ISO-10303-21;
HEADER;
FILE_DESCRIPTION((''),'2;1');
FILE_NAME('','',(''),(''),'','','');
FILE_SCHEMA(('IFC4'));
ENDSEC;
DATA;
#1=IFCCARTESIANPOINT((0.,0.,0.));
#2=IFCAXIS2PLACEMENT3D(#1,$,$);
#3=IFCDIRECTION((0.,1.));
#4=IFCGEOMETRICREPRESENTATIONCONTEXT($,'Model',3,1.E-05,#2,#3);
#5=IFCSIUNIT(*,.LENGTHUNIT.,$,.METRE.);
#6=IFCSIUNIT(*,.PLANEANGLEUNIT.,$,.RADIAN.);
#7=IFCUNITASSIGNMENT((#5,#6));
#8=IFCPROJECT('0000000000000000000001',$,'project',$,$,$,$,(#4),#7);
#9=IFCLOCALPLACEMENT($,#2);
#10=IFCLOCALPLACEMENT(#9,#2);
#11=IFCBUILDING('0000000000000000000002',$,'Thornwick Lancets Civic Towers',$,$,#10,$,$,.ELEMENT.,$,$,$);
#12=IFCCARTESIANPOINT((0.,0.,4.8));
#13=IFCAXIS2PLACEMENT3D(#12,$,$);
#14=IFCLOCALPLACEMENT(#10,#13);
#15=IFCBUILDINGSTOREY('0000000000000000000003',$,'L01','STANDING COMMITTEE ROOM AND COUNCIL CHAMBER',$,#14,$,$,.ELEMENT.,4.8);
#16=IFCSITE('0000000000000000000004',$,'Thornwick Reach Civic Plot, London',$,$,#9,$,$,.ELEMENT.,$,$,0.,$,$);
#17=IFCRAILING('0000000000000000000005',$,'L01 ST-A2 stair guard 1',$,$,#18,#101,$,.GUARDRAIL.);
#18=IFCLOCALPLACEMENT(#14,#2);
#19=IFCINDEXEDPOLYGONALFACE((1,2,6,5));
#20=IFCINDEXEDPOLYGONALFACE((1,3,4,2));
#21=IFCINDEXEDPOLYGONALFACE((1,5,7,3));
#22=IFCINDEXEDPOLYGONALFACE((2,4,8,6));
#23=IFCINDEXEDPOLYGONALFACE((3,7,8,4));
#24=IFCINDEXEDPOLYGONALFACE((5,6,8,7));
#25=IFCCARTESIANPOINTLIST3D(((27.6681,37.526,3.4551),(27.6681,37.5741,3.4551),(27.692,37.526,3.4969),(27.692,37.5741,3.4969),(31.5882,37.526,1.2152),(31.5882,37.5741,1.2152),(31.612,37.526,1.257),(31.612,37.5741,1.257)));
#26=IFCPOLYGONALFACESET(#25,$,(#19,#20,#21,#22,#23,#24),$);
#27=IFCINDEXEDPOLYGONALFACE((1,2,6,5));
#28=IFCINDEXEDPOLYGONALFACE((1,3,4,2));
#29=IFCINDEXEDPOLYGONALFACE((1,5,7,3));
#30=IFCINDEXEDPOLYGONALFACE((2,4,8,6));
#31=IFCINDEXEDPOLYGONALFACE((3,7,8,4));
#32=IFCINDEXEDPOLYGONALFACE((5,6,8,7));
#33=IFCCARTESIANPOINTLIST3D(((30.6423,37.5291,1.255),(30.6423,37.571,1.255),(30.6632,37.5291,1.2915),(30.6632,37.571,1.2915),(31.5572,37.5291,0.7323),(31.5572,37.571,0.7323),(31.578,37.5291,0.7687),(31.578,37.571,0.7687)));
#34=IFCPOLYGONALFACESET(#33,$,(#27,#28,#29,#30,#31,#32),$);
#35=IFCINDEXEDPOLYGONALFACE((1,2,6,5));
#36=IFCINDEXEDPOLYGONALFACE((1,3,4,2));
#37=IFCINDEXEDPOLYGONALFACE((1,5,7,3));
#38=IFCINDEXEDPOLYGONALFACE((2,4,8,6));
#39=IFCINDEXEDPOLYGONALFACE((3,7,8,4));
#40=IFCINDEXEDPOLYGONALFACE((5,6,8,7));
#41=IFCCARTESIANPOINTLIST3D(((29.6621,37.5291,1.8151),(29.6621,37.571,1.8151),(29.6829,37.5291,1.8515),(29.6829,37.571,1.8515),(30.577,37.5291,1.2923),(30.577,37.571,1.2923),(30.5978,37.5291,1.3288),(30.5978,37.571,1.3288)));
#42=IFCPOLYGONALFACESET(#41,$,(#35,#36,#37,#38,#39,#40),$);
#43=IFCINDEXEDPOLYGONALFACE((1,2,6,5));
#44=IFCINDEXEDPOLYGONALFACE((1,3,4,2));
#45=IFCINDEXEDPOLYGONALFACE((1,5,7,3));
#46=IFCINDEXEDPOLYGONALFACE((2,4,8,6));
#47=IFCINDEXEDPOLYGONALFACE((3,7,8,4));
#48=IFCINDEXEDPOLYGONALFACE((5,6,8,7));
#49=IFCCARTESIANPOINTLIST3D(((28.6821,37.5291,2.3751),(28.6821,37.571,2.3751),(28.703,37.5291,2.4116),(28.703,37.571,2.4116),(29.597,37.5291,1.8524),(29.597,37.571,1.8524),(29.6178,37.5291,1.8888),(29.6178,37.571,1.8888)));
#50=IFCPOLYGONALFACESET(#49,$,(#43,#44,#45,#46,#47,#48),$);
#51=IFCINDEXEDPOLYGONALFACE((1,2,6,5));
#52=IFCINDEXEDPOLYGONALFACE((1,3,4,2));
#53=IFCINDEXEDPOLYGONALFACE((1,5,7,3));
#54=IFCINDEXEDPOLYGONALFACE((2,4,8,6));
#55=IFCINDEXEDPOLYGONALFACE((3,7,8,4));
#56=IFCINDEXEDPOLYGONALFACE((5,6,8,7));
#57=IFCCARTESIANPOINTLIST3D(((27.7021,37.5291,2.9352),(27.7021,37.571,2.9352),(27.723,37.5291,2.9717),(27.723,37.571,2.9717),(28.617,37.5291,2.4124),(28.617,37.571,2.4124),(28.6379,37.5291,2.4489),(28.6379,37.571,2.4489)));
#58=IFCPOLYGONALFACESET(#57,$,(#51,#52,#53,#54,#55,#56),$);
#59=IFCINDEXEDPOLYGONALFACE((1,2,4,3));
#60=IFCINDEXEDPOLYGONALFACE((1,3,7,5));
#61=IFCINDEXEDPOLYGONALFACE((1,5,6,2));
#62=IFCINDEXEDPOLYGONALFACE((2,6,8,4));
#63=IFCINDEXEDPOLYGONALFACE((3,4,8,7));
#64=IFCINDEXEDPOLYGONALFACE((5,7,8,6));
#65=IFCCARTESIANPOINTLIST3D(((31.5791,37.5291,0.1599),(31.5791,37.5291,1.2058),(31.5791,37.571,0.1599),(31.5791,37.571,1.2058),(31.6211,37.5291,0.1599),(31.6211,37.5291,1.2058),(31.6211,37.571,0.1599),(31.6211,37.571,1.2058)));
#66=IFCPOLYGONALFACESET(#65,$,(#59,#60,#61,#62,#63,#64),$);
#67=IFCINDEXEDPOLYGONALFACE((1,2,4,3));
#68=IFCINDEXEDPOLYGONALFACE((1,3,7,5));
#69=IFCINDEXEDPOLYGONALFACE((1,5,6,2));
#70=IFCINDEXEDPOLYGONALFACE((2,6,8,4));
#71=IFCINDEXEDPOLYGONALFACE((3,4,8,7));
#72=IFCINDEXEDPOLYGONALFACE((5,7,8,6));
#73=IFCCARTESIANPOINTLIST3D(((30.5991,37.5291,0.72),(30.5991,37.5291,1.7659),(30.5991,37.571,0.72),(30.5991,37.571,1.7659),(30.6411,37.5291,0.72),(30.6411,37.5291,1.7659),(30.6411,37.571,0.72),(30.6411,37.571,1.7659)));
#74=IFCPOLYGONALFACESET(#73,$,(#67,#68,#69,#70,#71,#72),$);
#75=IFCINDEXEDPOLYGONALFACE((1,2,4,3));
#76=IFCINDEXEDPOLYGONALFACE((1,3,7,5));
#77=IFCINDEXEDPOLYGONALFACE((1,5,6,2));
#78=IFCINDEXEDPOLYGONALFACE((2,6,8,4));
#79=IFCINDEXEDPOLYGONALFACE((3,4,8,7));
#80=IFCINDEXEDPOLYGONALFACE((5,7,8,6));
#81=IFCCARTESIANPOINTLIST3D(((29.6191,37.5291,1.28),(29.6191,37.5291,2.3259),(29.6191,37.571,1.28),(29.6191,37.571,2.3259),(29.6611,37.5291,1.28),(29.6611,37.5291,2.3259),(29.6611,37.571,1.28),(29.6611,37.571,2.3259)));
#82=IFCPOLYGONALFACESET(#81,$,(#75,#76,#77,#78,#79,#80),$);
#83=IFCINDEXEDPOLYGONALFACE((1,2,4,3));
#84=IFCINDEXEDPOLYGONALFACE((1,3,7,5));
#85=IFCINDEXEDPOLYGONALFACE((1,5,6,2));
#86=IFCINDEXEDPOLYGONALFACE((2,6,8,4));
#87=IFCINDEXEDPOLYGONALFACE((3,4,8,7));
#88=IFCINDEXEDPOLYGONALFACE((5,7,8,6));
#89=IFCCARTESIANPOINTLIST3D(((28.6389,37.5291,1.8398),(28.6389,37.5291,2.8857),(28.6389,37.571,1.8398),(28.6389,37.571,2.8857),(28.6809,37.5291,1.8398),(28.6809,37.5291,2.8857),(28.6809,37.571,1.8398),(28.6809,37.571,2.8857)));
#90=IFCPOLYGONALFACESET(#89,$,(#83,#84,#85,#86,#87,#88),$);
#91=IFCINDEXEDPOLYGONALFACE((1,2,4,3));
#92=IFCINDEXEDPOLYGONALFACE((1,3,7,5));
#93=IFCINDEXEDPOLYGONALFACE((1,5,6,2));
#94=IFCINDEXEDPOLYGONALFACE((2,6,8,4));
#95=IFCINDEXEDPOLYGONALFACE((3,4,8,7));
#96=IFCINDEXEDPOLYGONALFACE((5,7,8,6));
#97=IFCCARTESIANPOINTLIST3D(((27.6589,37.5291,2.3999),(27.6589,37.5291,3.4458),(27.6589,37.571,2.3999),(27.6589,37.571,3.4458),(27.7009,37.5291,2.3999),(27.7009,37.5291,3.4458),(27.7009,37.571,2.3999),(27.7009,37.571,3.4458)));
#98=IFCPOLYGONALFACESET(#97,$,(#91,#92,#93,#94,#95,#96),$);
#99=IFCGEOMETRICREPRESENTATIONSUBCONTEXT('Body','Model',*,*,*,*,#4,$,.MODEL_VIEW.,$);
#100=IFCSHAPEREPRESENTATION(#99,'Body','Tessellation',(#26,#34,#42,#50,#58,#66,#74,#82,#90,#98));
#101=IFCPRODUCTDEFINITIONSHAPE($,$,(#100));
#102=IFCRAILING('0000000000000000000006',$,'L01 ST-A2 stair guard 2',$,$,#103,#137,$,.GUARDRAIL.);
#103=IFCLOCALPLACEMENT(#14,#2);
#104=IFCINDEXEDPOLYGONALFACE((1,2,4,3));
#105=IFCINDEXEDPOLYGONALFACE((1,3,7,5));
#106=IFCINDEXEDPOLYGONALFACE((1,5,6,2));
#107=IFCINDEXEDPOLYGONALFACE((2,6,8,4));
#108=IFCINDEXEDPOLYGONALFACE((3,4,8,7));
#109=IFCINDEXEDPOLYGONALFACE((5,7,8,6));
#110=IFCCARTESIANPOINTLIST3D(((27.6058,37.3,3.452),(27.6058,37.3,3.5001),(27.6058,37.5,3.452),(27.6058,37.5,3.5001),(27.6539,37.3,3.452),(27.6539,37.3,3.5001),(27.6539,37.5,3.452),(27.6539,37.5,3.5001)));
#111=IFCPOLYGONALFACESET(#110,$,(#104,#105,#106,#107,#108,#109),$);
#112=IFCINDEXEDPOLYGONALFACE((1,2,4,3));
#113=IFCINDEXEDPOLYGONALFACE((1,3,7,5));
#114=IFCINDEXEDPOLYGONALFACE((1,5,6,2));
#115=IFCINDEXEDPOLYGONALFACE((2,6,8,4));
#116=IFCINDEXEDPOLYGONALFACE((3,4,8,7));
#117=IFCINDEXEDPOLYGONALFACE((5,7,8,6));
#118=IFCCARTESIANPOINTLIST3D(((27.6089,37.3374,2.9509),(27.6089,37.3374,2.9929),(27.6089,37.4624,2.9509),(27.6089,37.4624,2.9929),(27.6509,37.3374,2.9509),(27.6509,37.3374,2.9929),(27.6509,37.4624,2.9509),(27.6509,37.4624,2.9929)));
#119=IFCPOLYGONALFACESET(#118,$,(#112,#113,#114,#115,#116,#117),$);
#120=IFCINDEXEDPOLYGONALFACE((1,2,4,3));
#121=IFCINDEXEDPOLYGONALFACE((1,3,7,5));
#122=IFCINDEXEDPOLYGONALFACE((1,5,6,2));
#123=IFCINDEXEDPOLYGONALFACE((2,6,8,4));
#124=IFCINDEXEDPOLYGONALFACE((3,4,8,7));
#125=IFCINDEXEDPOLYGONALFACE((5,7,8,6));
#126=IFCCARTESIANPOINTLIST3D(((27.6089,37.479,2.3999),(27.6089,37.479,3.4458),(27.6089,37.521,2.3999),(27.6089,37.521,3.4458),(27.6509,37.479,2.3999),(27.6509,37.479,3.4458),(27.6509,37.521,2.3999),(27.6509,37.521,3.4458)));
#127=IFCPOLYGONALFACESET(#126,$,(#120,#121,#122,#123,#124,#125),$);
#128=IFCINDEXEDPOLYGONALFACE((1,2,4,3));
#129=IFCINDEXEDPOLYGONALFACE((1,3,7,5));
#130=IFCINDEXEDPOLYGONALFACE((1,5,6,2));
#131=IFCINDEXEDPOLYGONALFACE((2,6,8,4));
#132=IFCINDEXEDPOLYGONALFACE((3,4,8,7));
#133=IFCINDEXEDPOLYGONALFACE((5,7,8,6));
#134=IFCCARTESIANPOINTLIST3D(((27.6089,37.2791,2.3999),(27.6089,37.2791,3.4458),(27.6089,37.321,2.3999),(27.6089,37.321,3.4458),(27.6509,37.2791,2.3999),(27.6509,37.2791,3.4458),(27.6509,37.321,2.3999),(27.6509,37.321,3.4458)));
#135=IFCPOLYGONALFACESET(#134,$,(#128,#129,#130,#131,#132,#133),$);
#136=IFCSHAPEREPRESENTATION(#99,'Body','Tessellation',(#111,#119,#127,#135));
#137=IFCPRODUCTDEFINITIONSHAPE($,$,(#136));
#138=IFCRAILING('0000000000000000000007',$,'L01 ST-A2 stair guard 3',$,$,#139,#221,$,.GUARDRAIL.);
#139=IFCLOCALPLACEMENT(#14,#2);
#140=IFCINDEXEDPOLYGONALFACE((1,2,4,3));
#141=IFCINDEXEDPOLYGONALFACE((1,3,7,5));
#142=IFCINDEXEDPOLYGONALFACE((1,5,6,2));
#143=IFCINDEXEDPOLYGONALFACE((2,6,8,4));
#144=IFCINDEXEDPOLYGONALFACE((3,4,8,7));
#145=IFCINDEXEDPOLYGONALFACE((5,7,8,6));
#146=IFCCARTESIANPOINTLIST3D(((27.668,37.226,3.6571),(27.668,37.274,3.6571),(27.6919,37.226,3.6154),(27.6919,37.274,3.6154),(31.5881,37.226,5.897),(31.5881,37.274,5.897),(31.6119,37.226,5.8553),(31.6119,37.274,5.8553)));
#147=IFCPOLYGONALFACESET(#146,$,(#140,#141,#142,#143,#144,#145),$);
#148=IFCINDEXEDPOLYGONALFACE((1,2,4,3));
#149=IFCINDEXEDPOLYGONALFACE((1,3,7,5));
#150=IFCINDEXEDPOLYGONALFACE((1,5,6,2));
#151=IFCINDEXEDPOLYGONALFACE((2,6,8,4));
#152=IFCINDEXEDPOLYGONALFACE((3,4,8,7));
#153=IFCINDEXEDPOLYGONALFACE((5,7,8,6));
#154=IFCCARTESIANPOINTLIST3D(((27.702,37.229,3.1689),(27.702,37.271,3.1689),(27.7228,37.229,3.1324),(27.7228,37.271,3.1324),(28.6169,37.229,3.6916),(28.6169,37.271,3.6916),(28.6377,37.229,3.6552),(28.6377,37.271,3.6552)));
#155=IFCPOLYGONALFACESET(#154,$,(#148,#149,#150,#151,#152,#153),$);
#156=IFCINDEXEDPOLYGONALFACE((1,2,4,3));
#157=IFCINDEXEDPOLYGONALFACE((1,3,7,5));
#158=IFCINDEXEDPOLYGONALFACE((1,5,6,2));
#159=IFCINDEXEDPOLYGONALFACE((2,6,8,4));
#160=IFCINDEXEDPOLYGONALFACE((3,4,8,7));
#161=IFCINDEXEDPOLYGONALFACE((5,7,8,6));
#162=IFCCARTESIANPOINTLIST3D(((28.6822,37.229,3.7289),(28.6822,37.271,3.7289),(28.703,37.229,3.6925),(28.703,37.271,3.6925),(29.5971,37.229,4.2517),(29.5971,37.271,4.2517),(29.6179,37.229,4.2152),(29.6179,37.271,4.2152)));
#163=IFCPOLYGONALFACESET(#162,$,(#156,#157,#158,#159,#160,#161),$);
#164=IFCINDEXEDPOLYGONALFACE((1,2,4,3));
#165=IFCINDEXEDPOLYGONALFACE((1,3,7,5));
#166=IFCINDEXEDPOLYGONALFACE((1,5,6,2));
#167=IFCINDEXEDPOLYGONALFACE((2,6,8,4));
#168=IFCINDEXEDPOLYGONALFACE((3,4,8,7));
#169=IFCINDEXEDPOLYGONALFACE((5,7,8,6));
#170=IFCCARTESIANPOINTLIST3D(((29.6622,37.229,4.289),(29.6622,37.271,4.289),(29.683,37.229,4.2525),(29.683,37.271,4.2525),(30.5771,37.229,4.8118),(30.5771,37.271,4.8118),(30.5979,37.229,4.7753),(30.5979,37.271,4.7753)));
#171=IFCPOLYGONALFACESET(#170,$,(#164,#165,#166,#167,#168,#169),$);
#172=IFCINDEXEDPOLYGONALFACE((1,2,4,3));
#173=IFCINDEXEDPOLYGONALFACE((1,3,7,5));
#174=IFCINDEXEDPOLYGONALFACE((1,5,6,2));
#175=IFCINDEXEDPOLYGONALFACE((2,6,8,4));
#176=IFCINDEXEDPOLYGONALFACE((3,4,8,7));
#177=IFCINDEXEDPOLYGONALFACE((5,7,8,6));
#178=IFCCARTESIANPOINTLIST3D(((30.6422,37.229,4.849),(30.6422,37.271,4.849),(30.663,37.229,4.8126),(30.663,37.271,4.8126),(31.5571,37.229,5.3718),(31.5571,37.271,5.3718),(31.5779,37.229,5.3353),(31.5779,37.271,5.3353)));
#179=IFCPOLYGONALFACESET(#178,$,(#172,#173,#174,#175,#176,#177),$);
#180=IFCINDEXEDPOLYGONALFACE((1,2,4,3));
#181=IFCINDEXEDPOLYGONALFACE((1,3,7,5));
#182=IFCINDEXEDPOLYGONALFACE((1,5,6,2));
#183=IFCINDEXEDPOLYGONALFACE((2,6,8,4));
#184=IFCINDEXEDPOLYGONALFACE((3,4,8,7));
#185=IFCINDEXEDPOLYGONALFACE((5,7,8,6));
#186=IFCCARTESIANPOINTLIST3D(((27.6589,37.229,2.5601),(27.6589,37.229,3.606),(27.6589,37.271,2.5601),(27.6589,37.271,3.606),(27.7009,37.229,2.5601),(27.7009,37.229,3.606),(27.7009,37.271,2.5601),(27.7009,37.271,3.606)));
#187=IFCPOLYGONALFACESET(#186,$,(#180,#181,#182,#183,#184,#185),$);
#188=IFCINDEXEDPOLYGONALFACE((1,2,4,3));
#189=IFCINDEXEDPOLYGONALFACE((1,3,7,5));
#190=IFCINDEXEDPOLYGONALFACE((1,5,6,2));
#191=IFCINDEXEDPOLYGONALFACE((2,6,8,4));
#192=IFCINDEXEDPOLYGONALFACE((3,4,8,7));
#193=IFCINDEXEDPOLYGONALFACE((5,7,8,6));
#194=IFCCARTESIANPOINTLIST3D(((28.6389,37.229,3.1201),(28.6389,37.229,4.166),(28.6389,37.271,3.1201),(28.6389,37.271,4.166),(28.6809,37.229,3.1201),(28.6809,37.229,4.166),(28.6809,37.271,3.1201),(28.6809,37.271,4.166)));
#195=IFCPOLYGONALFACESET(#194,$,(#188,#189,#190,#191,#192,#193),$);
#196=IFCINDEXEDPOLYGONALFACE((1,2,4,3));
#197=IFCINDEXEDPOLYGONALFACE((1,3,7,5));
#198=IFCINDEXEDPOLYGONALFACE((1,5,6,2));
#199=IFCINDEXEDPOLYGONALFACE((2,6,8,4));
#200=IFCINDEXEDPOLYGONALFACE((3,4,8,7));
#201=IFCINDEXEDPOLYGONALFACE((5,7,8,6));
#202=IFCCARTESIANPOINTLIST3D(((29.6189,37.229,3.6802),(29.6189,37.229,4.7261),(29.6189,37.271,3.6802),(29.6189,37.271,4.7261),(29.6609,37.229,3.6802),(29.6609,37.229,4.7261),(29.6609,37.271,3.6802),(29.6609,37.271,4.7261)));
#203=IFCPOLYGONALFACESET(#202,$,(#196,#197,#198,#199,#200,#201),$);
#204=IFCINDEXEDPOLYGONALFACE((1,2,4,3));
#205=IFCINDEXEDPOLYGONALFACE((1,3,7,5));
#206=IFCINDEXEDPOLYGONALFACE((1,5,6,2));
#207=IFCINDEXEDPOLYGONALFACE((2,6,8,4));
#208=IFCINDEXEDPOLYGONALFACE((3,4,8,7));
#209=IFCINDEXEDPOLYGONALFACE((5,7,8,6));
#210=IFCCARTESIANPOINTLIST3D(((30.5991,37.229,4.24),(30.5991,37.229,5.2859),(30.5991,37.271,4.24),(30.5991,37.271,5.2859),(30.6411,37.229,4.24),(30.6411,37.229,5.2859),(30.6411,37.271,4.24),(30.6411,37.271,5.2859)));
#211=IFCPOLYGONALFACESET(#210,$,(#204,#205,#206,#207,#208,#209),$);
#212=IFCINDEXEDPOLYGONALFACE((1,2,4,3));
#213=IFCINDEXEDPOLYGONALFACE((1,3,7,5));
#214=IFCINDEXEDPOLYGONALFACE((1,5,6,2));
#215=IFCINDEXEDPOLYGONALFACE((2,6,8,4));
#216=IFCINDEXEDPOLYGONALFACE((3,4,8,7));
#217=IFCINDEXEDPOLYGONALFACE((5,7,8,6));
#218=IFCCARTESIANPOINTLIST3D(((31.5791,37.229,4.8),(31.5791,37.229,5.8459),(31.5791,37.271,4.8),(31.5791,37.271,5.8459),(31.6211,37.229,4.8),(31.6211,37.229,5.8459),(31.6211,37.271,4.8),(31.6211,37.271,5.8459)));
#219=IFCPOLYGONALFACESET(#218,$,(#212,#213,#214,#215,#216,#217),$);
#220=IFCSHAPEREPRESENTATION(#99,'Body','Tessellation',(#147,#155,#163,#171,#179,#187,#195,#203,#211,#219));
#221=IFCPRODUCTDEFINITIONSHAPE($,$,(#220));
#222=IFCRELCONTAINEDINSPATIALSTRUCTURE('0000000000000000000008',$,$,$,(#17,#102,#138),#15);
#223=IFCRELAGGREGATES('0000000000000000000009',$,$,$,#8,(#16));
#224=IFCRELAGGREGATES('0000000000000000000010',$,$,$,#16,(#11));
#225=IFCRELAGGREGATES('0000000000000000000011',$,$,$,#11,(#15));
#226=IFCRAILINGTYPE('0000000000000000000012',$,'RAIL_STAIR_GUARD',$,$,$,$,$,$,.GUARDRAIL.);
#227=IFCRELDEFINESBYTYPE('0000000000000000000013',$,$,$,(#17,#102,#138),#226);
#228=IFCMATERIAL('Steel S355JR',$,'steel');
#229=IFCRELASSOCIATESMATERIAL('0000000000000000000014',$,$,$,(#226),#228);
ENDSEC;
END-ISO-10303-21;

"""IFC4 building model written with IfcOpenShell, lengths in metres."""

from ifc_helpers import new_model, si_unit, direction, frame, origin, origin_2d, place, context, subcontext, project, spatial, rectangle, extrude, material, type_object, element, save


model = new_model("IFC4")

# Units and contexts
model_context = context("Model", 3, precision=1e-05, world=origin(), true_north=direction((0.0, 1.0)))
body_context = subcontext(model_context, "Body", "Model", "MODEL_VIEW")
ifc_project = project(units=[si_unit("LENGTHUNIT", "METRE"), si_unit("PLANEANGLEUNIT", "RADIAN")], contexts=[model_context])

# Site, building, storey
site_placement = place(None, origin())
site = spatial("IfcSite", under=ifc_project, at=site_placement, Name="Thornwick Reach Civic Plot, London", CompositionType="ELEMENT", RefElevation=0.0)
building_placement = place(site_placement, origin())
building = spatial("IfcBuilding", under=site, at=building_placement, Name="Thornwick Lancets Civic Towers", CompositionType="ELEMENT")
storey_placement = place(building_placement, frame((0.0, 0.0, 4.8)))
storey = spatial("IfcBuildingStorey", under=building, at=storey_placement, Name="L01", Description="STANDING COMMITTEE ROOM AND COUNCIL CHAMBER", CompositionType="ELEMENT", Elevation=4.8)

# Railings
ifc_material_1 = material(Name="Steel S355JR", Category="steel")
railing_type_1 = type_object("IfcRailingType", Name="RAIL_STAIR_GUARD", PredefinedType="GUARDRAIL", material=ifc_material_1)
railing_1_placement = place(storey_placement, frame((31.6001, 37.55, 0.1599)))
element("IfcRailing", 1, at=railing_1_placement, inside=storey, type_object=railing_type_1, Name="L01 ST-A2 stair guard 1", PredefinedType="GUARDRAIL", context=body_context, shape_type="SweptSolid", body=[
    extrude(rectangle(XDim=0.0481, YDim=0.0481, at=origin_2d()), frame((0.0, 0.0, 1.0762), z_axis=(-0.868253, 0.0, 0.496121), x_axis=(0.0, -1.0, 0.0)), (0.0, 0.0, 1.0), 4.5149),
    extrude(rectangle(XDim=0.042, YDim=0.042, at=origin_2d()), frame((-0.0325, 0.0, 0.5906), z_axis=(-0.868253, 0.0, 0.496121), x_axis=(0.0, -1.0, 0.0)), (0.0, 0.0, 1.0), 1.0537),
    extrude(rectangle(XDim=0.042, YDim=0.042, at=origin_2d()), frame((-1.0127, 0.0, 1.1506), z_axis=(-0.868253, 0.0, 0.496121), x_axis=(0.0, -1.0, 0.0)), (0.0, 0.0, 1.0), 1.0537),
    extrude(rectangle(XDim=0.042, YDim=0.042, at=origin_2d()), frame((-1.9927, 0.0, 1.7107), z_axis=(-0.868253, 0.0, 0.496121), x_axis=(0.0, -1.0, 0.0)), (0.0, 0.0, 1.0), 1.0537),
    extrude(rectangle(XDim=0.042, YDim=0.042, at=origin_2d()), frame((-2.9727, 0.0, 2.2708), z_axis=(-0.868253, 0.0, 0.496121), x_axis=(0.0, -1.0, 0.0)), (0.0, 0.0, 1.0), 1.0537),
    extrude(rectangle(XDim=0.042, YDim=0.042, at=origin_2d()), origin(), (0.0, 0.0, 1.0), 1.0459),
    extrude(rectangle(XDim=0.042, YDim=0.042, at=origin_2d()), frame((-0.98, 0.0, 0.5601)), (0.0, 0.0, 1.0), 1.0459),
    extrude(rectangle(XDim=0.042, YDim=0.042, at=origin_2d()), frame((-1.96, 0.0, 1.1201)), (0.0, 0.0, 1.0), 1.0459),
    extrude(rectangle(XDim=0.042, YDim=0.042, at=origin_2d()), frame((-2.9402, 0.0, 1.6799)), (0.0, 0.0, 1.0), 1.0459),
    extrude(rectangle(XDim=0.042, YDim=0.042, at=origin_2d()), frame((-3.9202, 0.0, 2.24)), (0.0, 0.0, 1.0), 1.0459),
])
railing_2_placement = place(storey_placement, frame((27.6299, 37.5, 2.3999)))
element("IfcRailing", 2, at=railing_2_placement, inside=storey, type_object=railing_type_1, Name="L01 ST-A2 stair guard 2", PredefinedType="GUARDRAIL", context=body_context, shape_type="SweptSolid", body=[
    extrude(rectangle(XDim=0.0481, YDim=0.0481, at=origin_2d()), frame((0.0, 0.0, 1.0762), z_axis=(0.0, -1.0, 0.0), x_axis=(1.0, 0.0, 0.0)), (0.0, 0.0, 1.0), 0.2),
    extrude(rectangle(XDim=0.042, YDim=0.042, at=origin_2d()), frame((0.0, -0.0376, 0.572), z_axis=(0.0, -1.0, 0.0), x_axis=(1.0, 0.0, 0.0)), (0.0, 0.0, 1.0), 0.125),
    extrude(rectangle(XDim=0.042, YDim=0.042, at=origin_2d()), origin(), (0.0, 0.0, 1.0), 1.0459),
    extrude(rectangle(XDim=0.042, YDim=0.042, at=origin_2d()), frame((0.0, -0.2, 0.0)), (0.0, 0.0, 1.0), 1.0459),
])
railing_3_placement = place(storey_placement, frame((27.6799, 37.25, 2.5601)))
element("IfcRailing", 3, at=railing_3_placement, inside=storey, type_object=railing_type_1, Name="L01 ST-A2 stair guard 3", PredefinedType="GUARDRAIL", context=body_context, shape_type="SweptSolid", body=[
    extrude(rectangle(XDim=0.0481, YDim=0.0481, at=origin_2d()), frame((0.0, 0.0, 1.0762), z_axis=(0.868253, 0.0, 0.496121), x_axis=(0.0, 1.0, 0.0)), (0.0, 0.0, 1.0), 4.5149),
    extrude(rectangle(XDim=0.042, YDim=0.042, at=origin_2d()), frame((0.0325, 0.0, 0.5906), z_axis=(0.868253, 0.0, 0.496121), x_axis=(0.0, 1.0, 0.0)), (0.0, 0.0, 1.0), 1.0537),
    extrude(rectangle(XDim=0.042, YDim=0.042, at=origin_2d()), frame((1.0127, 0.0, 1.1506), z_axis=(0.868253, 0.0, 0.496121), x_axis=(0.0, 1.0, 0.0)), (0.0, 0.0, 1.0), 1.0537),
    extrude(rectangle(XDim=0.042, YDim=0.042, at=origin_2d()), frame((1.9927, 0.0, 1.7107), z_axis=(0.868253, 0.0, 0.496121), x_axis=(0.0, 1.0, 0.0)), (0.0, 0.0, 1.0), 1.0537),
    extrude(rectangle(XDim=0.042, YDim=0.042, at=origin_2d()), frame((2.9727, 0.0, 2.2708), z_axis=(0.868253, 0.0, 0.496121), x_axis=(0.0, 1.0, 0.0)), (0.0, 0.0, 1.0), 1.0537),
    extrude(rectangle(XDim=0.042, YDim=0.042, at=origin_2d()), origin(), (0.0, 0.0, 1.0), 1.0459),
    extrude(rectangle(XDim=0.042, YDim=0.042, at=origin_2d()), frame((0.98, 0.0, 0.5601)), (0.0, 0.0, 1.0), 1.0459),
    extrude(rectangle(XDim=0.042, YDim=0.042, at=origin_2d()), frame((1.96, 0.0, 1.1201)), (0.0, 0.0, 1.0), 1.0459),
    extrude(rectangle(XDim=0.042, YDim=0.042, at=origin_2d()), frame((2.9402, 0.0, 1.6799)), (0.0, 0.0, 1.0), 1.0459),
    extrude(rectangle(XDim=0.042, YDim=0.042, at=origin_2d()), frame((3.9202, 0.0, 2.24)), (0.0, 0.0, 1.0), 1.0459),
])

save(model, "model.ifc")
